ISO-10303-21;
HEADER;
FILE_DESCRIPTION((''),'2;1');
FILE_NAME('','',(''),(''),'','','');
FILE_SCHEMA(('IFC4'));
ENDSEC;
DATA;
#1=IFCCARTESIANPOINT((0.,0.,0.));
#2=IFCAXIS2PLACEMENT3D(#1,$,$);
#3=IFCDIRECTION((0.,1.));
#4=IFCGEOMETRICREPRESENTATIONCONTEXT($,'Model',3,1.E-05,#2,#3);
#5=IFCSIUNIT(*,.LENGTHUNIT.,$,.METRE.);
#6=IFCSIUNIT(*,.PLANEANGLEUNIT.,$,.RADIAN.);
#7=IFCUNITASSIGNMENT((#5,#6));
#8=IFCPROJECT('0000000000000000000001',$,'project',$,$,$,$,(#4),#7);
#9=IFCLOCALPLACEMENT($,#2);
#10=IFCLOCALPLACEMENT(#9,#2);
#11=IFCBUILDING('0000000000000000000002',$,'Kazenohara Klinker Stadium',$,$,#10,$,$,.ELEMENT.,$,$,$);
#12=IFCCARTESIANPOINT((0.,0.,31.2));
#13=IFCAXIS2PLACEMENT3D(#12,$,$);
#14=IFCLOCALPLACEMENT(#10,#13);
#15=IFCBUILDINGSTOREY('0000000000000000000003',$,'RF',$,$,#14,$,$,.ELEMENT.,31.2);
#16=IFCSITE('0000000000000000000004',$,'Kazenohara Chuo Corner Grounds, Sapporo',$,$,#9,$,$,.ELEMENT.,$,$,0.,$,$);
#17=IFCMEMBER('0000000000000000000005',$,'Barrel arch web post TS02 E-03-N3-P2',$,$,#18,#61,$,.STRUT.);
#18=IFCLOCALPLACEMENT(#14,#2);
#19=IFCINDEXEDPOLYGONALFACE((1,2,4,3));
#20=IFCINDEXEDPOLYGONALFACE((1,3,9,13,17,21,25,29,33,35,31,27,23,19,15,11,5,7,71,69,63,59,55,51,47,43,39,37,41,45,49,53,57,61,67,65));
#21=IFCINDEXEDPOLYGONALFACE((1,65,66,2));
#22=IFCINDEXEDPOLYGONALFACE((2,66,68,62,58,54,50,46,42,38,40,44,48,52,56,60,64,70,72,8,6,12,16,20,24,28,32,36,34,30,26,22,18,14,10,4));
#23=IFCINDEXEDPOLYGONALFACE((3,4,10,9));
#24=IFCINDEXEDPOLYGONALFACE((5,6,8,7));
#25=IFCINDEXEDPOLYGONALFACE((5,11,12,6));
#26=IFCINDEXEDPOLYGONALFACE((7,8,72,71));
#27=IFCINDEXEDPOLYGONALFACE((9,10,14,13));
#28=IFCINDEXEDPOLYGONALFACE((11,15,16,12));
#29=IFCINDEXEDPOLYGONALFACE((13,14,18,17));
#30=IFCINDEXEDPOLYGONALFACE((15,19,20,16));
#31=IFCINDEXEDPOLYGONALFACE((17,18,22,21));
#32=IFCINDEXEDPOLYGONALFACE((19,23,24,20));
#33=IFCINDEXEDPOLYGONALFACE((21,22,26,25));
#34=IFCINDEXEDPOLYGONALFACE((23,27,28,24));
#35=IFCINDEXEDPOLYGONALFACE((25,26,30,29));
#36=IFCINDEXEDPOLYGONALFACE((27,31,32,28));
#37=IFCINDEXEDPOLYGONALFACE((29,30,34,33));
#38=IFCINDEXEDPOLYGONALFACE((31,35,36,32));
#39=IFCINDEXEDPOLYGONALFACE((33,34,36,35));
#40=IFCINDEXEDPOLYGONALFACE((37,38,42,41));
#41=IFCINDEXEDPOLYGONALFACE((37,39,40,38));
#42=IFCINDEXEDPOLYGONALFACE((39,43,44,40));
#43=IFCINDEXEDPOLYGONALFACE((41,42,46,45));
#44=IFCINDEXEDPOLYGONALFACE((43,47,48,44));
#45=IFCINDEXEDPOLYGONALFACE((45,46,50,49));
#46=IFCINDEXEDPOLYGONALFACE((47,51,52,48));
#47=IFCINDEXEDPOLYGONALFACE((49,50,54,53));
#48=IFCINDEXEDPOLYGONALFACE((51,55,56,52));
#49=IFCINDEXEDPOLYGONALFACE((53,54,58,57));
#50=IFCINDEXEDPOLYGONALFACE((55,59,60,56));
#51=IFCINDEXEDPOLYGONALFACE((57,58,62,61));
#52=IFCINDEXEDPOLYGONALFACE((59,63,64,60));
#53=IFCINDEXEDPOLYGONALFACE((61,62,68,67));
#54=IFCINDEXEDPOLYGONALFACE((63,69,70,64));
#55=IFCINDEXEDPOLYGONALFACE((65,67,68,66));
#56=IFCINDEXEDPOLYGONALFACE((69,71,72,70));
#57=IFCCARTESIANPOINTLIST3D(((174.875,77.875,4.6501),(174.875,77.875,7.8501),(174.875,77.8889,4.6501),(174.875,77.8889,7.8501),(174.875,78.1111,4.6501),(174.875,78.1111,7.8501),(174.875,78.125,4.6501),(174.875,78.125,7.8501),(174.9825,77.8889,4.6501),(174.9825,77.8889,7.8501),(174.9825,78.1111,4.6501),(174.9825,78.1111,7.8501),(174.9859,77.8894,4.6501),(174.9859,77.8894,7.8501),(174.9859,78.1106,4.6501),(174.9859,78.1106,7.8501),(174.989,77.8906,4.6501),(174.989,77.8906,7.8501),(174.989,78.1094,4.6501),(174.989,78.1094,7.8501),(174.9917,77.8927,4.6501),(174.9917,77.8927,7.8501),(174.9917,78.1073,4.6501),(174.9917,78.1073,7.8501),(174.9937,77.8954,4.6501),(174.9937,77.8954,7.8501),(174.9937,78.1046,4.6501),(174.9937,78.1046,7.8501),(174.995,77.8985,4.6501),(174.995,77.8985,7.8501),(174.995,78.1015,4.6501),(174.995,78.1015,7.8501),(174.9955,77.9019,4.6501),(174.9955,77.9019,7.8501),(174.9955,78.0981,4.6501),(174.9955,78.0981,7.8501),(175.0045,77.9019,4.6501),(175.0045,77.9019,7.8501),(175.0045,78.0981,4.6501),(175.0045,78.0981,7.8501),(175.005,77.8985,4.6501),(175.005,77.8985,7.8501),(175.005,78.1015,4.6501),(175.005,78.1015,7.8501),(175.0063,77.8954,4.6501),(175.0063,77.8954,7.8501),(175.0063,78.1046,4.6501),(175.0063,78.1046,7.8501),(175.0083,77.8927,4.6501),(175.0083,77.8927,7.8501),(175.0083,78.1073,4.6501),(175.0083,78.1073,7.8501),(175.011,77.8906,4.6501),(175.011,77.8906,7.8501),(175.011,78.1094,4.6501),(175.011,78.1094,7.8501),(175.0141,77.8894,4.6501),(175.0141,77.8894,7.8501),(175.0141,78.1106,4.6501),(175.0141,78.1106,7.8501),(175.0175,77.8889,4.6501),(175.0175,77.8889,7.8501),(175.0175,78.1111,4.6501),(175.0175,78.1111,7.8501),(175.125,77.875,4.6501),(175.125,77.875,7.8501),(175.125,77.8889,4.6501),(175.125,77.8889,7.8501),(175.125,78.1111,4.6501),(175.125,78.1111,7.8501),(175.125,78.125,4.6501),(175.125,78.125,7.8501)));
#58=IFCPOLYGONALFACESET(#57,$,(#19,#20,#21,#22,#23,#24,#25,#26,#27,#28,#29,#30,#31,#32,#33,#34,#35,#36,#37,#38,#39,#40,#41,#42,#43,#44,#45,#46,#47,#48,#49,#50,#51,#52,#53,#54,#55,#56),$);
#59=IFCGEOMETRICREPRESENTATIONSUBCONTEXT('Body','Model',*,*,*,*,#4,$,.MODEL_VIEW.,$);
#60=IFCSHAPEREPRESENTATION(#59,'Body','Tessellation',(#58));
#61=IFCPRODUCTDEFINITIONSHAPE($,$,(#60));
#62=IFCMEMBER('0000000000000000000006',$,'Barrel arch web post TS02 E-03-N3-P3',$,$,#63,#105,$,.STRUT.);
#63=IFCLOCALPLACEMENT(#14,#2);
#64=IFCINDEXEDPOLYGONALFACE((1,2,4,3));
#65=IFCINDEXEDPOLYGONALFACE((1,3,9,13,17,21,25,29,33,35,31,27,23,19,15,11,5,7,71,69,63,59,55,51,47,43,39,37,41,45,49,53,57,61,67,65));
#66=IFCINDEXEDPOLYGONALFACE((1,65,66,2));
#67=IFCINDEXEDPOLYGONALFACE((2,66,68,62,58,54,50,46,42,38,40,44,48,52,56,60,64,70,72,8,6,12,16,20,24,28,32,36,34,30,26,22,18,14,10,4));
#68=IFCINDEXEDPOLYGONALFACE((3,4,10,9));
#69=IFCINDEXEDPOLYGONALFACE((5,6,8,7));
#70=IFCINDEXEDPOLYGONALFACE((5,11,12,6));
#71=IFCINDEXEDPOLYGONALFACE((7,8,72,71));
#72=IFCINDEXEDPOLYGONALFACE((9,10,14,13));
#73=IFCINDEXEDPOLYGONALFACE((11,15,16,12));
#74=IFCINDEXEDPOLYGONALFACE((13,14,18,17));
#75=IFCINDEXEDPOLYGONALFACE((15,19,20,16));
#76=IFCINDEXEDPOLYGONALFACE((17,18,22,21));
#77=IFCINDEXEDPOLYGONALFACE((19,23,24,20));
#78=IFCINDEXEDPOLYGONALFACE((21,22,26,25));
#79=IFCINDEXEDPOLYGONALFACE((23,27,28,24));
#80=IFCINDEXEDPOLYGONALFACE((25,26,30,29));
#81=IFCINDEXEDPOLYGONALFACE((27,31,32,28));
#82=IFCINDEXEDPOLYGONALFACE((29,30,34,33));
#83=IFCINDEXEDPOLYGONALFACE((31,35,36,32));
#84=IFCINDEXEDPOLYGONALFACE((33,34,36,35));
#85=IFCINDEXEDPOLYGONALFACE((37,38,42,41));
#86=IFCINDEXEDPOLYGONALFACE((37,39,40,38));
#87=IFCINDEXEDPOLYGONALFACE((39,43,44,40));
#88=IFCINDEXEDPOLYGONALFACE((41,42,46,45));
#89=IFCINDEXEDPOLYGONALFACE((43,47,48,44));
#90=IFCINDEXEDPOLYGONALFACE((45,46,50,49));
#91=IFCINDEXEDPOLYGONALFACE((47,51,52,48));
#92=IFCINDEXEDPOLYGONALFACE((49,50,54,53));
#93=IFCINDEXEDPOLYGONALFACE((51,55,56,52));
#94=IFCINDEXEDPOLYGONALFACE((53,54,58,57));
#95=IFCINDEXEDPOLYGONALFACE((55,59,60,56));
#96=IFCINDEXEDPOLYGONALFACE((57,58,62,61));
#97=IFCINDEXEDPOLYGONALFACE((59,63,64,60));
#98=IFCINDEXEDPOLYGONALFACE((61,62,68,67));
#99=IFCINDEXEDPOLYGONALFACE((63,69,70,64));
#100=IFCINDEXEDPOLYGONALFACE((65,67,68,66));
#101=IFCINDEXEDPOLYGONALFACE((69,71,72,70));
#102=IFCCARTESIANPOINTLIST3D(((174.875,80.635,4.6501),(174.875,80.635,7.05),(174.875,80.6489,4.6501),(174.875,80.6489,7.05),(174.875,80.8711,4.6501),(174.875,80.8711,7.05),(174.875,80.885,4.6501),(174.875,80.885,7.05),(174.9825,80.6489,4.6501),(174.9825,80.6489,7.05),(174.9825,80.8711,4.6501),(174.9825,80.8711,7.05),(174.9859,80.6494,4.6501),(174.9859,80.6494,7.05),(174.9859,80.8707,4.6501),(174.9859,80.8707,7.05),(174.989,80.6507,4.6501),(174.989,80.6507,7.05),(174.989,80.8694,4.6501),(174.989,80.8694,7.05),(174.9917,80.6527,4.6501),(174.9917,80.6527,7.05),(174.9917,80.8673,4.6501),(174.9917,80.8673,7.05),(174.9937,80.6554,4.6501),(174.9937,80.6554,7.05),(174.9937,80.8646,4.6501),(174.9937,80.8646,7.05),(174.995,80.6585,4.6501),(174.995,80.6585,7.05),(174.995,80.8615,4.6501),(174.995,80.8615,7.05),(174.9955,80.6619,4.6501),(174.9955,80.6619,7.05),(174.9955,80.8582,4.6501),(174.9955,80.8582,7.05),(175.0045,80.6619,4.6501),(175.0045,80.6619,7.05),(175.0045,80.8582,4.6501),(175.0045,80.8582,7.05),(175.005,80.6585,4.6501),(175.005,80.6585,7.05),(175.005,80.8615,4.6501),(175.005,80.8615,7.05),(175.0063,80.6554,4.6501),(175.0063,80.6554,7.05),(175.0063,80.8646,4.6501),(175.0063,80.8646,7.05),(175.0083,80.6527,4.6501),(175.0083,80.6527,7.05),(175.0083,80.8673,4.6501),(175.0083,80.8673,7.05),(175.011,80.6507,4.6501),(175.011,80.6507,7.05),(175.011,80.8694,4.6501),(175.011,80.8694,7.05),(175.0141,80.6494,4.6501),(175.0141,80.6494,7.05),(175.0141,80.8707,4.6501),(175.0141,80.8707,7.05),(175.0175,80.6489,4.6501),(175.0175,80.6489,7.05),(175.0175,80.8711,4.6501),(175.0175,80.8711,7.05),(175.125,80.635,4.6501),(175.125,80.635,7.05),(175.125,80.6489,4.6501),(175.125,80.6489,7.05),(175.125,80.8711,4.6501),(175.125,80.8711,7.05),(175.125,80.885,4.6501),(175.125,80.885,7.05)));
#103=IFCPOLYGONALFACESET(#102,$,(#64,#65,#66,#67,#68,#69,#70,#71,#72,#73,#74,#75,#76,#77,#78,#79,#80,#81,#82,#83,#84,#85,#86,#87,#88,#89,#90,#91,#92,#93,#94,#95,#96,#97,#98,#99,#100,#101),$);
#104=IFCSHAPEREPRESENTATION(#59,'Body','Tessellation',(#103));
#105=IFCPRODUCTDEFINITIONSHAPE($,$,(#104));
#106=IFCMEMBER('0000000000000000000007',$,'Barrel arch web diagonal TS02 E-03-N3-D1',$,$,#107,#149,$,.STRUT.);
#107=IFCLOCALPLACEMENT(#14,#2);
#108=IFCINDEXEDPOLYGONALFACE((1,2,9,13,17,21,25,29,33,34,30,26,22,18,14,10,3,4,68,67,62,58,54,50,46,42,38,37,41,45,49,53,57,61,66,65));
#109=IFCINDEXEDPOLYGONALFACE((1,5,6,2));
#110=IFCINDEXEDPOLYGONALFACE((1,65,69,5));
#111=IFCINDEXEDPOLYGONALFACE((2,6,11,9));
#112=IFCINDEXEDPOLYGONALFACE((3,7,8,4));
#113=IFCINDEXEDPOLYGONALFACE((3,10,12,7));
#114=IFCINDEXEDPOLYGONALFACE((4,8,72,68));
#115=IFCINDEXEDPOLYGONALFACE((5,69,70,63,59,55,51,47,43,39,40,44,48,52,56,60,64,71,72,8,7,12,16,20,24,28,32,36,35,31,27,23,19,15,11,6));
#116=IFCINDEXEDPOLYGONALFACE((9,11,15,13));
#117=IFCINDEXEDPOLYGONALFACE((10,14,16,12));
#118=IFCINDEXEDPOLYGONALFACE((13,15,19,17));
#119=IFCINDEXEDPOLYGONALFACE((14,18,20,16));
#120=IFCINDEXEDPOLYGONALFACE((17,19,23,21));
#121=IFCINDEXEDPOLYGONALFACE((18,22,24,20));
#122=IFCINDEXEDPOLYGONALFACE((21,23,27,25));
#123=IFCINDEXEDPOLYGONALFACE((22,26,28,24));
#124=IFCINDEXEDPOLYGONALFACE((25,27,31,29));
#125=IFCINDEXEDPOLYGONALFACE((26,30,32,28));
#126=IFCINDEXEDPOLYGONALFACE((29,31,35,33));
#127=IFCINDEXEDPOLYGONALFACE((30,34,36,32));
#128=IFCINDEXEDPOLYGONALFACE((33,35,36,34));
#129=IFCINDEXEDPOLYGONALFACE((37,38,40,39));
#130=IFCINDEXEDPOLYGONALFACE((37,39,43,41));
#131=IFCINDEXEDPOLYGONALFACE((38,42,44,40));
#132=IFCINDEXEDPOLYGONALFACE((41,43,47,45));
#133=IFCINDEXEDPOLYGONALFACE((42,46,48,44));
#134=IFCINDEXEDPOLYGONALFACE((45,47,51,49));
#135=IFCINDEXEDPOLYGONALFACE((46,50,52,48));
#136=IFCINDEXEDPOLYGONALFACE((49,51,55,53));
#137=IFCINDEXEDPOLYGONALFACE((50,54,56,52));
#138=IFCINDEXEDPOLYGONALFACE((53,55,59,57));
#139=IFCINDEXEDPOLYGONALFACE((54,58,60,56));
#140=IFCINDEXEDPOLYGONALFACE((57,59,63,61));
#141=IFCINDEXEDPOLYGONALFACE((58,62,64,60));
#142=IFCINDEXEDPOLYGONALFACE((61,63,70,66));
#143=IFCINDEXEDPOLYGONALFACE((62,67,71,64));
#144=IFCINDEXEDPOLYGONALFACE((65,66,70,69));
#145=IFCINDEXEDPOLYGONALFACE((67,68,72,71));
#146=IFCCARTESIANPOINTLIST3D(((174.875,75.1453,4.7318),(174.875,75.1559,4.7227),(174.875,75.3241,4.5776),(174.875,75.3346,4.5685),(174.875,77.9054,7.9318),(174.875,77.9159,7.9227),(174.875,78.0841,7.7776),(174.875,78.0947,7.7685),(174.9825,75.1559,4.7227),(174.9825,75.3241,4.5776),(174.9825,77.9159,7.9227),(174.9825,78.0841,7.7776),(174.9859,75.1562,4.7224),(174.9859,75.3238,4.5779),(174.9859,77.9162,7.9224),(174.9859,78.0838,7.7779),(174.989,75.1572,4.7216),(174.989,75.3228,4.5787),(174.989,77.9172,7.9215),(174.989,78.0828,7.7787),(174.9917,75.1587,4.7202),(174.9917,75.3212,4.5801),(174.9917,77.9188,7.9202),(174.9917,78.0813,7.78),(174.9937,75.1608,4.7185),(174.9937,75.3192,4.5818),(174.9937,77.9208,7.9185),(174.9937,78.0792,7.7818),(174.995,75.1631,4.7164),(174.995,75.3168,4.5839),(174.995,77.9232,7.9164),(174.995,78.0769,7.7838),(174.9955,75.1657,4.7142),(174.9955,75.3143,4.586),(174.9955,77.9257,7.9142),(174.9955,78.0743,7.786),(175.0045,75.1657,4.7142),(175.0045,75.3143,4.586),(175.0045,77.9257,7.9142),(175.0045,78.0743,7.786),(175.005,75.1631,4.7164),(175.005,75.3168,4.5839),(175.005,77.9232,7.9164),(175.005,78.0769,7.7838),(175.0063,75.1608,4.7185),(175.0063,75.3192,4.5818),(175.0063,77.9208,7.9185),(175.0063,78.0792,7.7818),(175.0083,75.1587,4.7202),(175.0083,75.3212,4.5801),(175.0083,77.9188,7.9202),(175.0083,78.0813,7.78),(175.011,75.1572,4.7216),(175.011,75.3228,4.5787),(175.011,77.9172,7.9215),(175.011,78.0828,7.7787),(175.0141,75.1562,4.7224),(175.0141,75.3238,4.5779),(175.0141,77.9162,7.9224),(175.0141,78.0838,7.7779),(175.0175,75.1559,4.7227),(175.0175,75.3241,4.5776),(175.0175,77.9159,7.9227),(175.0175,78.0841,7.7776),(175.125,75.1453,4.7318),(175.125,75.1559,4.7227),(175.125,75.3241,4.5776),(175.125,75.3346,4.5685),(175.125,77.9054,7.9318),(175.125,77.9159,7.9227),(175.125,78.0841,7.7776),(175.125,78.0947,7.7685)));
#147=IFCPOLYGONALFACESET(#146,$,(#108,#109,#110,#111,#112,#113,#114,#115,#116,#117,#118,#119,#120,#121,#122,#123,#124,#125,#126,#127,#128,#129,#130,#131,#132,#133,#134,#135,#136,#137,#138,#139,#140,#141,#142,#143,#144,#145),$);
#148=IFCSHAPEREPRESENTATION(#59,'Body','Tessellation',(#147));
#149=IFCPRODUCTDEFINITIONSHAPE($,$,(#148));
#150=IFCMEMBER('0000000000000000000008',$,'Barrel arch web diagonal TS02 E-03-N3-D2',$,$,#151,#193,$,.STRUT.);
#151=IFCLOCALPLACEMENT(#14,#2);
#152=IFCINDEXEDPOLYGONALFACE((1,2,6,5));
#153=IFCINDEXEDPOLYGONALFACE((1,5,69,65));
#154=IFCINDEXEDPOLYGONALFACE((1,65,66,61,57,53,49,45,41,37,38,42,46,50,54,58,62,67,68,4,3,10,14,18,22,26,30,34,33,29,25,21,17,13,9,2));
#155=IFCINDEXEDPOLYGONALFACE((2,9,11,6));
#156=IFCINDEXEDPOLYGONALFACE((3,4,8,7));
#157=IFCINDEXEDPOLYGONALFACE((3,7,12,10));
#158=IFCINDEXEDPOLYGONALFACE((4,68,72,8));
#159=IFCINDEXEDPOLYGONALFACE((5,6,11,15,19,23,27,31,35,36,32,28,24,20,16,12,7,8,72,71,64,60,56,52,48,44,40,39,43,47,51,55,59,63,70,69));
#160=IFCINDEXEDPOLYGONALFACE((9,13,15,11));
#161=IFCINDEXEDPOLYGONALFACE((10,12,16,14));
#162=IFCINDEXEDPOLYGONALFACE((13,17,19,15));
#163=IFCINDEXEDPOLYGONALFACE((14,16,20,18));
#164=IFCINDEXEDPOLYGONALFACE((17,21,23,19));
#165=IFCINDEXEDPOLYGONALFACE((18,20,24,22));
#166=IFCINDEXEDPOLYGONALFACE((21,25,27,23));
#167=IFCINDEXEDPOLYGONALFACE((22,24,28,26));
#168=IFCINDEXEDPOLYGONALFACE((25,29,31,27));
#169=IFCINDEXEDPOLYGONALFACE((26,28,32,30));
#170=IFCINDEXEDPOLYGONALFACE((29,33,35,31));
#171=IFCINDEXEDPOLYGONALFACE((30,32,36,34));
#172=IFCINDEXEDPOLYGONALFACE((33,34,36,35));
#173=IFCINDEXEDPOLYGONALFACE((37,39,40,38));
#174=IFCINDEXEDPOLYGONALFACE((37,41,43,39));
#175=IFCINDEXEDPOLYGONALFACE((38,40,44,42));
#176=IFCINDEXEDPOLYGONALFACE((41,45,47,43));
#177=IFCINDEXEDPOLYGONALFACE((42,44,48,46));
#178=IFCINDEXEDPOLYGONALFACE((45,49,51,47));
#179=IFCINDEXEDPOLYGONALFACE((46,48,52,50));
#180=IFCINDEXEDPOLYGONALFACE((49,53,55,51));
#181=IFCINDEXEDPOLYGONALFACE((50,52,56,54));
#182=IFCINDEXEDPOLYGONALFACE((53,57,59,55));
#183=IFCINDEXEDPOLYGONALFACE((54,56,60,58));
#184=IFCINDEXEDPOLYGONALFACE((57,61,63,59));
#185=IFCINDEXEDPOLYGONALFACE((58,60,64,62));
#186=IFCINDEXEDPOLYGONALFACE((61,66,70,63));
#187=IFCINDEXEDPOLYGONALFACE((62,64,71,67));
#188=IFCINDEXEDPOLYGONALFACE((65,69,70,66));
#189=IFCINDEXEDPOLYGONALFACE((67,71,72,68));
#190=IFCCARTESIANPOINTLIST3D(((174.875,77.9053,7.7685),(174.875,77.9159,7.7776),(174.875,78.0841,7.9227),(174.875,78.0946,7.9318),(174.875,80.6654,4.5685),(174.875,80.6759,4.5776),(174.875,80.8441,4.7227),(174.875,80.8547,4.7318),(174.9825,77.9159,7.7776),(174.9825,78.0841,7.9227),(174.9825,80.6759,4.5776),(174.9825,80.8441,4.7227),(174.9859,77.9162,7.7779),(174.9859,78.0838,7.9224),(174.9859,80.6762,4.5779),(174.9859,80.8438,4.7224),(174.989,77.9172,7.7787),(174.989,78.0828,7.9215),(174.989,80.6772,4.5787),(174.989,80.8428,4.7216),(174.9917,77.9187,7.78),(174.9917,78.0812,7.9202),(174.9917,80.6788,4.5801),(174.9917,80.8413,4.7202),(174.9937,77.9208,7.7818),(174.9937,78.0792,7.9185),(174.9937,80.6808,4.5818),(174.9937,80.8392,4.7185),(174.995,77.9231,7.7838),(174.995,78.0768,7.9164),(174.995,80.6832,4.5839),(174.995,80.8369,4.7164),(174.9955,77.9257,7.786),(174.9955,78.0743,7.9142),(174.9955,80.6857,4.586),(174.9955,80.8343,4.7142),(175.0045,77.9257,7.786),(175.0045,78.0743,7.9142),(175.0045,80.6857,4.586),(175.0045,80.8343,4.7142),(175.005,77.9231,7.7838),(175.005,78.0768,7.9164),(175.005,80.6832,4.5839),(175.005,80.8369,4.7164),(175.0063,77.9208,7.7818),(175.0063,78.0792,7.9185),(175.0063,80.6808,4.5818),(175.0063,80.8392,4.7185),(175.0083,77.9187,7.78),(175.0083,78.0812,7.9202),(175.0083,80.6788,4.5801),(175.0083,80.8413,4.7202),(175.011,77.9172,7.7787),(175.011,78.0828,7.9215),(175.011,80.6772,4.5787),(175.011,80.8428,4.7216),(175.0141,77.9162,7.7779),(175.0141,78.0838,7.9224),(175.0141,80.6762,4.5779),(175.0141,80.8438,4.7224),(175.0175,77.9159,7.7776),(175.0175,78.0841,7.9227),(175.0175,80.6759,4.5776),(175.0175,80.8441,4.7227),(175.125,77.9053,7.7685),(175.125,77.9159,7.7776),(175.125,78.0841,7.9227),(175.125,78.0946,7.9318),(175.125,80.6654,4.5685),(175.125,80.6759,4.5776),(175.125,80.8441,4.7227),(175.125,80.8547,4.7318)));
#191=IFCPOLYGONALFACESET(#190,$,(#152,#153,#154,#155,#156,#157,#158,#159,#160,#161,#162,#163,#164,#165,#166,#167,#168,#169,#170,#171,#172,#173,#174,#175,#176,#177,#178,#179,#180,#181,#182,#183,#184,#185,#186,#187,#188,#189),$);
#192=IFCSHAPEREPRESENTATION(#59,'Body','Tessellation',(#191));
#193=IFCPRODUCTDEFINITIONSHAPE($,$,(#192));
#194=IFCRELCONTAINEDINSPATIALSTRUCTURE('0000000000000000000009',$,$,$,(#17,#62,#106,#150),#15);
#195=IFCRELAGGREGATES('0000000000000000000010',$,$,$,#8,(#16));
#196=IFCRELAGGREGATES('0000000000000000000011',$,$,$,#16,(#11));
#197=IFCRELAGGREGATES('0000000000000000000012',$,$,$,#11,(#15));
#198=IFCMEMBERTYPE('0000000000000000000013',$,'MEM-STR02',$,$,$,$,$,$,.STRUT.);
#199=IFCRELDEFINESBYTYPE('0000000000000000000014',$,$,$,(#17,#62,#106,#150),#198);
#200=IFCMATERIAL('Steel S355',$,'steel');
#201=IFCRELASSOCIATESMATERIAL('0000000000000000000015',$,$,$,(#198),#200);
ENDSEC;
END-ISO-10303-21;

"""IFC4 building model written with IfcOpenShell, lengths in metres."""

from ifc_helpers import new_model, si_unit, direction, frame, origin, origin_2d, place, context, subcontext, project, spatial, i_section, extrude, material, material_profile, profile_set, type_object, element, save


model = new_model("IFC4")

# Units and contexts
model_context = context("Model", 3, precision=1e-05, world=origin(), true_north=direction((0.0, 1.0)))
body_context = subcontext(model_context, "Body", "Model", "MODEL_VIEW")
ifc_project = project(units=[si_unit("LENGTHUNIT", "METRE"), si_unit("PLANEANGLEUNIT", "RADIAN")], contexts=[model_context])

# Site, building, storey
site_placement = place(None, origin())
site = spatial("IfcSite", under=ifc_project, at=site_placement, Name="Kazenohara Chuo Corner Grounds, Sapporo", CompositionType="ELEMENT", RefElevation=0.0)
building_placement = place(site_placement, origin())
building = spatial("IfcBuilding", under=site, at=building_placement, Name="Kazenohara Klinker Stadium", CompositionType="ELEMENT")
storey_placement = place(building_placement, frame((0.0, 0.0, 31.2)))
storey = spatial("IfcBuildingStorey", under=building, at=storey_placement, Name="RF", CompositionType="ELEMENT", Elevation=31.2)

# Members
ifc_material_1 = material(Name="Steel S355", Category="steel")
ifc_material_profile_1 = material_profile(ifc_material_1, i_section(OverallWidth=0.25, OverallDepth=0.25, WebThickness=0.009, FlangeThickness=0.0139, FilletRadius=0.0129, at=origin_2d()), Name="H-250x250x9x14")
ifc_profile_set_1 = profile_set([ifc_material_profile_1], Name="Steel S355")
member_type_1 = type_object("IfcMemberType", Name="MEM-STR02", PredefinedType="STRUT", material=ifc_profile_set_1)
member_1_placement = place(storey_placement, frame((175.0, 78.0, 4.6501), z_axis=(0.0, 0.0, 1.0), x_axis=(1.0, 0.0, 0.0)))
element("IfcMember", 1, at=member_1_placement, inside=storey, type_object=member_type_1, Name="Barrel arch web post TS02 E-03-N3-P2", PredefinedType="STRUT", context=body_context, shape_type="SweptSolid", body=[
    extrude(i_section(OverallWidth=0.25, OverallDepth=0.25, WebThickness=0.009, FlangeThickness=0.0139, FilletRadius=0.0129, at=origin_2d()), origin(), (0.0, 0.0, 1.0), 3.2),
])
member_2_placement = place(storey_placement, frame((175.0, 80.76, 4.6501), z_axis=(0.0, 0.0, 1.0), x_axis=(1.0, 0.0, 0.0)))
element("IfcMember", 2, at=member_2_placement, inside=storey, type_object=member_type_1, Name="Barrel arch web post TS02 E-03-N3-P3", PredefinedType="STRUT", context=body_context, shape_type="SweptSolid", body=[
    extrude(i_section(OverallWidth=0.25, OverallDepth=0.25, WebThickness=0.009, FlangeThickness=0.0139, FilletRadius=0.0129, at=origin_2d()), origin(), (0.0, 0.0, 1.0), 2.3999),
])
for number, where, z_axis, x_axis, name in (
    (3, (175.0, 75.24, 4.6501), (0.0, 0.653134, 0.757242), (-1.0, 0.0, 0.0), "Barrel arch web diagonal TS02 E-03-N3-D1"),
    (4, (175.0, 80.76, 4.6501), (0.0, -0.653134, 0.757242), (1.0, 0.0, 0.0), "Barrel arch web diagonal TS02 E-03-N3-D2"),
):
    element("IfcMember", number, at=place(storey_placement, frame(where, z_axis=z_axis, x_axis=x_axis)), inside=storey, type_object=member_type_1, Name=name, PredefinedType="STRUT", context=body_context, shape_type="SweptSolid", body=[
        extrude(i_section(OverallWidth=0.25, OverallDepth=0.25, WebThickness=0.009, FlangeThickness=0.0139, FilletRadius=0.0129, at=origin_2d()), origin(), (0.0, 0.0, 1.0), 4.2258),
    ])

save(model, "model.ifc")
